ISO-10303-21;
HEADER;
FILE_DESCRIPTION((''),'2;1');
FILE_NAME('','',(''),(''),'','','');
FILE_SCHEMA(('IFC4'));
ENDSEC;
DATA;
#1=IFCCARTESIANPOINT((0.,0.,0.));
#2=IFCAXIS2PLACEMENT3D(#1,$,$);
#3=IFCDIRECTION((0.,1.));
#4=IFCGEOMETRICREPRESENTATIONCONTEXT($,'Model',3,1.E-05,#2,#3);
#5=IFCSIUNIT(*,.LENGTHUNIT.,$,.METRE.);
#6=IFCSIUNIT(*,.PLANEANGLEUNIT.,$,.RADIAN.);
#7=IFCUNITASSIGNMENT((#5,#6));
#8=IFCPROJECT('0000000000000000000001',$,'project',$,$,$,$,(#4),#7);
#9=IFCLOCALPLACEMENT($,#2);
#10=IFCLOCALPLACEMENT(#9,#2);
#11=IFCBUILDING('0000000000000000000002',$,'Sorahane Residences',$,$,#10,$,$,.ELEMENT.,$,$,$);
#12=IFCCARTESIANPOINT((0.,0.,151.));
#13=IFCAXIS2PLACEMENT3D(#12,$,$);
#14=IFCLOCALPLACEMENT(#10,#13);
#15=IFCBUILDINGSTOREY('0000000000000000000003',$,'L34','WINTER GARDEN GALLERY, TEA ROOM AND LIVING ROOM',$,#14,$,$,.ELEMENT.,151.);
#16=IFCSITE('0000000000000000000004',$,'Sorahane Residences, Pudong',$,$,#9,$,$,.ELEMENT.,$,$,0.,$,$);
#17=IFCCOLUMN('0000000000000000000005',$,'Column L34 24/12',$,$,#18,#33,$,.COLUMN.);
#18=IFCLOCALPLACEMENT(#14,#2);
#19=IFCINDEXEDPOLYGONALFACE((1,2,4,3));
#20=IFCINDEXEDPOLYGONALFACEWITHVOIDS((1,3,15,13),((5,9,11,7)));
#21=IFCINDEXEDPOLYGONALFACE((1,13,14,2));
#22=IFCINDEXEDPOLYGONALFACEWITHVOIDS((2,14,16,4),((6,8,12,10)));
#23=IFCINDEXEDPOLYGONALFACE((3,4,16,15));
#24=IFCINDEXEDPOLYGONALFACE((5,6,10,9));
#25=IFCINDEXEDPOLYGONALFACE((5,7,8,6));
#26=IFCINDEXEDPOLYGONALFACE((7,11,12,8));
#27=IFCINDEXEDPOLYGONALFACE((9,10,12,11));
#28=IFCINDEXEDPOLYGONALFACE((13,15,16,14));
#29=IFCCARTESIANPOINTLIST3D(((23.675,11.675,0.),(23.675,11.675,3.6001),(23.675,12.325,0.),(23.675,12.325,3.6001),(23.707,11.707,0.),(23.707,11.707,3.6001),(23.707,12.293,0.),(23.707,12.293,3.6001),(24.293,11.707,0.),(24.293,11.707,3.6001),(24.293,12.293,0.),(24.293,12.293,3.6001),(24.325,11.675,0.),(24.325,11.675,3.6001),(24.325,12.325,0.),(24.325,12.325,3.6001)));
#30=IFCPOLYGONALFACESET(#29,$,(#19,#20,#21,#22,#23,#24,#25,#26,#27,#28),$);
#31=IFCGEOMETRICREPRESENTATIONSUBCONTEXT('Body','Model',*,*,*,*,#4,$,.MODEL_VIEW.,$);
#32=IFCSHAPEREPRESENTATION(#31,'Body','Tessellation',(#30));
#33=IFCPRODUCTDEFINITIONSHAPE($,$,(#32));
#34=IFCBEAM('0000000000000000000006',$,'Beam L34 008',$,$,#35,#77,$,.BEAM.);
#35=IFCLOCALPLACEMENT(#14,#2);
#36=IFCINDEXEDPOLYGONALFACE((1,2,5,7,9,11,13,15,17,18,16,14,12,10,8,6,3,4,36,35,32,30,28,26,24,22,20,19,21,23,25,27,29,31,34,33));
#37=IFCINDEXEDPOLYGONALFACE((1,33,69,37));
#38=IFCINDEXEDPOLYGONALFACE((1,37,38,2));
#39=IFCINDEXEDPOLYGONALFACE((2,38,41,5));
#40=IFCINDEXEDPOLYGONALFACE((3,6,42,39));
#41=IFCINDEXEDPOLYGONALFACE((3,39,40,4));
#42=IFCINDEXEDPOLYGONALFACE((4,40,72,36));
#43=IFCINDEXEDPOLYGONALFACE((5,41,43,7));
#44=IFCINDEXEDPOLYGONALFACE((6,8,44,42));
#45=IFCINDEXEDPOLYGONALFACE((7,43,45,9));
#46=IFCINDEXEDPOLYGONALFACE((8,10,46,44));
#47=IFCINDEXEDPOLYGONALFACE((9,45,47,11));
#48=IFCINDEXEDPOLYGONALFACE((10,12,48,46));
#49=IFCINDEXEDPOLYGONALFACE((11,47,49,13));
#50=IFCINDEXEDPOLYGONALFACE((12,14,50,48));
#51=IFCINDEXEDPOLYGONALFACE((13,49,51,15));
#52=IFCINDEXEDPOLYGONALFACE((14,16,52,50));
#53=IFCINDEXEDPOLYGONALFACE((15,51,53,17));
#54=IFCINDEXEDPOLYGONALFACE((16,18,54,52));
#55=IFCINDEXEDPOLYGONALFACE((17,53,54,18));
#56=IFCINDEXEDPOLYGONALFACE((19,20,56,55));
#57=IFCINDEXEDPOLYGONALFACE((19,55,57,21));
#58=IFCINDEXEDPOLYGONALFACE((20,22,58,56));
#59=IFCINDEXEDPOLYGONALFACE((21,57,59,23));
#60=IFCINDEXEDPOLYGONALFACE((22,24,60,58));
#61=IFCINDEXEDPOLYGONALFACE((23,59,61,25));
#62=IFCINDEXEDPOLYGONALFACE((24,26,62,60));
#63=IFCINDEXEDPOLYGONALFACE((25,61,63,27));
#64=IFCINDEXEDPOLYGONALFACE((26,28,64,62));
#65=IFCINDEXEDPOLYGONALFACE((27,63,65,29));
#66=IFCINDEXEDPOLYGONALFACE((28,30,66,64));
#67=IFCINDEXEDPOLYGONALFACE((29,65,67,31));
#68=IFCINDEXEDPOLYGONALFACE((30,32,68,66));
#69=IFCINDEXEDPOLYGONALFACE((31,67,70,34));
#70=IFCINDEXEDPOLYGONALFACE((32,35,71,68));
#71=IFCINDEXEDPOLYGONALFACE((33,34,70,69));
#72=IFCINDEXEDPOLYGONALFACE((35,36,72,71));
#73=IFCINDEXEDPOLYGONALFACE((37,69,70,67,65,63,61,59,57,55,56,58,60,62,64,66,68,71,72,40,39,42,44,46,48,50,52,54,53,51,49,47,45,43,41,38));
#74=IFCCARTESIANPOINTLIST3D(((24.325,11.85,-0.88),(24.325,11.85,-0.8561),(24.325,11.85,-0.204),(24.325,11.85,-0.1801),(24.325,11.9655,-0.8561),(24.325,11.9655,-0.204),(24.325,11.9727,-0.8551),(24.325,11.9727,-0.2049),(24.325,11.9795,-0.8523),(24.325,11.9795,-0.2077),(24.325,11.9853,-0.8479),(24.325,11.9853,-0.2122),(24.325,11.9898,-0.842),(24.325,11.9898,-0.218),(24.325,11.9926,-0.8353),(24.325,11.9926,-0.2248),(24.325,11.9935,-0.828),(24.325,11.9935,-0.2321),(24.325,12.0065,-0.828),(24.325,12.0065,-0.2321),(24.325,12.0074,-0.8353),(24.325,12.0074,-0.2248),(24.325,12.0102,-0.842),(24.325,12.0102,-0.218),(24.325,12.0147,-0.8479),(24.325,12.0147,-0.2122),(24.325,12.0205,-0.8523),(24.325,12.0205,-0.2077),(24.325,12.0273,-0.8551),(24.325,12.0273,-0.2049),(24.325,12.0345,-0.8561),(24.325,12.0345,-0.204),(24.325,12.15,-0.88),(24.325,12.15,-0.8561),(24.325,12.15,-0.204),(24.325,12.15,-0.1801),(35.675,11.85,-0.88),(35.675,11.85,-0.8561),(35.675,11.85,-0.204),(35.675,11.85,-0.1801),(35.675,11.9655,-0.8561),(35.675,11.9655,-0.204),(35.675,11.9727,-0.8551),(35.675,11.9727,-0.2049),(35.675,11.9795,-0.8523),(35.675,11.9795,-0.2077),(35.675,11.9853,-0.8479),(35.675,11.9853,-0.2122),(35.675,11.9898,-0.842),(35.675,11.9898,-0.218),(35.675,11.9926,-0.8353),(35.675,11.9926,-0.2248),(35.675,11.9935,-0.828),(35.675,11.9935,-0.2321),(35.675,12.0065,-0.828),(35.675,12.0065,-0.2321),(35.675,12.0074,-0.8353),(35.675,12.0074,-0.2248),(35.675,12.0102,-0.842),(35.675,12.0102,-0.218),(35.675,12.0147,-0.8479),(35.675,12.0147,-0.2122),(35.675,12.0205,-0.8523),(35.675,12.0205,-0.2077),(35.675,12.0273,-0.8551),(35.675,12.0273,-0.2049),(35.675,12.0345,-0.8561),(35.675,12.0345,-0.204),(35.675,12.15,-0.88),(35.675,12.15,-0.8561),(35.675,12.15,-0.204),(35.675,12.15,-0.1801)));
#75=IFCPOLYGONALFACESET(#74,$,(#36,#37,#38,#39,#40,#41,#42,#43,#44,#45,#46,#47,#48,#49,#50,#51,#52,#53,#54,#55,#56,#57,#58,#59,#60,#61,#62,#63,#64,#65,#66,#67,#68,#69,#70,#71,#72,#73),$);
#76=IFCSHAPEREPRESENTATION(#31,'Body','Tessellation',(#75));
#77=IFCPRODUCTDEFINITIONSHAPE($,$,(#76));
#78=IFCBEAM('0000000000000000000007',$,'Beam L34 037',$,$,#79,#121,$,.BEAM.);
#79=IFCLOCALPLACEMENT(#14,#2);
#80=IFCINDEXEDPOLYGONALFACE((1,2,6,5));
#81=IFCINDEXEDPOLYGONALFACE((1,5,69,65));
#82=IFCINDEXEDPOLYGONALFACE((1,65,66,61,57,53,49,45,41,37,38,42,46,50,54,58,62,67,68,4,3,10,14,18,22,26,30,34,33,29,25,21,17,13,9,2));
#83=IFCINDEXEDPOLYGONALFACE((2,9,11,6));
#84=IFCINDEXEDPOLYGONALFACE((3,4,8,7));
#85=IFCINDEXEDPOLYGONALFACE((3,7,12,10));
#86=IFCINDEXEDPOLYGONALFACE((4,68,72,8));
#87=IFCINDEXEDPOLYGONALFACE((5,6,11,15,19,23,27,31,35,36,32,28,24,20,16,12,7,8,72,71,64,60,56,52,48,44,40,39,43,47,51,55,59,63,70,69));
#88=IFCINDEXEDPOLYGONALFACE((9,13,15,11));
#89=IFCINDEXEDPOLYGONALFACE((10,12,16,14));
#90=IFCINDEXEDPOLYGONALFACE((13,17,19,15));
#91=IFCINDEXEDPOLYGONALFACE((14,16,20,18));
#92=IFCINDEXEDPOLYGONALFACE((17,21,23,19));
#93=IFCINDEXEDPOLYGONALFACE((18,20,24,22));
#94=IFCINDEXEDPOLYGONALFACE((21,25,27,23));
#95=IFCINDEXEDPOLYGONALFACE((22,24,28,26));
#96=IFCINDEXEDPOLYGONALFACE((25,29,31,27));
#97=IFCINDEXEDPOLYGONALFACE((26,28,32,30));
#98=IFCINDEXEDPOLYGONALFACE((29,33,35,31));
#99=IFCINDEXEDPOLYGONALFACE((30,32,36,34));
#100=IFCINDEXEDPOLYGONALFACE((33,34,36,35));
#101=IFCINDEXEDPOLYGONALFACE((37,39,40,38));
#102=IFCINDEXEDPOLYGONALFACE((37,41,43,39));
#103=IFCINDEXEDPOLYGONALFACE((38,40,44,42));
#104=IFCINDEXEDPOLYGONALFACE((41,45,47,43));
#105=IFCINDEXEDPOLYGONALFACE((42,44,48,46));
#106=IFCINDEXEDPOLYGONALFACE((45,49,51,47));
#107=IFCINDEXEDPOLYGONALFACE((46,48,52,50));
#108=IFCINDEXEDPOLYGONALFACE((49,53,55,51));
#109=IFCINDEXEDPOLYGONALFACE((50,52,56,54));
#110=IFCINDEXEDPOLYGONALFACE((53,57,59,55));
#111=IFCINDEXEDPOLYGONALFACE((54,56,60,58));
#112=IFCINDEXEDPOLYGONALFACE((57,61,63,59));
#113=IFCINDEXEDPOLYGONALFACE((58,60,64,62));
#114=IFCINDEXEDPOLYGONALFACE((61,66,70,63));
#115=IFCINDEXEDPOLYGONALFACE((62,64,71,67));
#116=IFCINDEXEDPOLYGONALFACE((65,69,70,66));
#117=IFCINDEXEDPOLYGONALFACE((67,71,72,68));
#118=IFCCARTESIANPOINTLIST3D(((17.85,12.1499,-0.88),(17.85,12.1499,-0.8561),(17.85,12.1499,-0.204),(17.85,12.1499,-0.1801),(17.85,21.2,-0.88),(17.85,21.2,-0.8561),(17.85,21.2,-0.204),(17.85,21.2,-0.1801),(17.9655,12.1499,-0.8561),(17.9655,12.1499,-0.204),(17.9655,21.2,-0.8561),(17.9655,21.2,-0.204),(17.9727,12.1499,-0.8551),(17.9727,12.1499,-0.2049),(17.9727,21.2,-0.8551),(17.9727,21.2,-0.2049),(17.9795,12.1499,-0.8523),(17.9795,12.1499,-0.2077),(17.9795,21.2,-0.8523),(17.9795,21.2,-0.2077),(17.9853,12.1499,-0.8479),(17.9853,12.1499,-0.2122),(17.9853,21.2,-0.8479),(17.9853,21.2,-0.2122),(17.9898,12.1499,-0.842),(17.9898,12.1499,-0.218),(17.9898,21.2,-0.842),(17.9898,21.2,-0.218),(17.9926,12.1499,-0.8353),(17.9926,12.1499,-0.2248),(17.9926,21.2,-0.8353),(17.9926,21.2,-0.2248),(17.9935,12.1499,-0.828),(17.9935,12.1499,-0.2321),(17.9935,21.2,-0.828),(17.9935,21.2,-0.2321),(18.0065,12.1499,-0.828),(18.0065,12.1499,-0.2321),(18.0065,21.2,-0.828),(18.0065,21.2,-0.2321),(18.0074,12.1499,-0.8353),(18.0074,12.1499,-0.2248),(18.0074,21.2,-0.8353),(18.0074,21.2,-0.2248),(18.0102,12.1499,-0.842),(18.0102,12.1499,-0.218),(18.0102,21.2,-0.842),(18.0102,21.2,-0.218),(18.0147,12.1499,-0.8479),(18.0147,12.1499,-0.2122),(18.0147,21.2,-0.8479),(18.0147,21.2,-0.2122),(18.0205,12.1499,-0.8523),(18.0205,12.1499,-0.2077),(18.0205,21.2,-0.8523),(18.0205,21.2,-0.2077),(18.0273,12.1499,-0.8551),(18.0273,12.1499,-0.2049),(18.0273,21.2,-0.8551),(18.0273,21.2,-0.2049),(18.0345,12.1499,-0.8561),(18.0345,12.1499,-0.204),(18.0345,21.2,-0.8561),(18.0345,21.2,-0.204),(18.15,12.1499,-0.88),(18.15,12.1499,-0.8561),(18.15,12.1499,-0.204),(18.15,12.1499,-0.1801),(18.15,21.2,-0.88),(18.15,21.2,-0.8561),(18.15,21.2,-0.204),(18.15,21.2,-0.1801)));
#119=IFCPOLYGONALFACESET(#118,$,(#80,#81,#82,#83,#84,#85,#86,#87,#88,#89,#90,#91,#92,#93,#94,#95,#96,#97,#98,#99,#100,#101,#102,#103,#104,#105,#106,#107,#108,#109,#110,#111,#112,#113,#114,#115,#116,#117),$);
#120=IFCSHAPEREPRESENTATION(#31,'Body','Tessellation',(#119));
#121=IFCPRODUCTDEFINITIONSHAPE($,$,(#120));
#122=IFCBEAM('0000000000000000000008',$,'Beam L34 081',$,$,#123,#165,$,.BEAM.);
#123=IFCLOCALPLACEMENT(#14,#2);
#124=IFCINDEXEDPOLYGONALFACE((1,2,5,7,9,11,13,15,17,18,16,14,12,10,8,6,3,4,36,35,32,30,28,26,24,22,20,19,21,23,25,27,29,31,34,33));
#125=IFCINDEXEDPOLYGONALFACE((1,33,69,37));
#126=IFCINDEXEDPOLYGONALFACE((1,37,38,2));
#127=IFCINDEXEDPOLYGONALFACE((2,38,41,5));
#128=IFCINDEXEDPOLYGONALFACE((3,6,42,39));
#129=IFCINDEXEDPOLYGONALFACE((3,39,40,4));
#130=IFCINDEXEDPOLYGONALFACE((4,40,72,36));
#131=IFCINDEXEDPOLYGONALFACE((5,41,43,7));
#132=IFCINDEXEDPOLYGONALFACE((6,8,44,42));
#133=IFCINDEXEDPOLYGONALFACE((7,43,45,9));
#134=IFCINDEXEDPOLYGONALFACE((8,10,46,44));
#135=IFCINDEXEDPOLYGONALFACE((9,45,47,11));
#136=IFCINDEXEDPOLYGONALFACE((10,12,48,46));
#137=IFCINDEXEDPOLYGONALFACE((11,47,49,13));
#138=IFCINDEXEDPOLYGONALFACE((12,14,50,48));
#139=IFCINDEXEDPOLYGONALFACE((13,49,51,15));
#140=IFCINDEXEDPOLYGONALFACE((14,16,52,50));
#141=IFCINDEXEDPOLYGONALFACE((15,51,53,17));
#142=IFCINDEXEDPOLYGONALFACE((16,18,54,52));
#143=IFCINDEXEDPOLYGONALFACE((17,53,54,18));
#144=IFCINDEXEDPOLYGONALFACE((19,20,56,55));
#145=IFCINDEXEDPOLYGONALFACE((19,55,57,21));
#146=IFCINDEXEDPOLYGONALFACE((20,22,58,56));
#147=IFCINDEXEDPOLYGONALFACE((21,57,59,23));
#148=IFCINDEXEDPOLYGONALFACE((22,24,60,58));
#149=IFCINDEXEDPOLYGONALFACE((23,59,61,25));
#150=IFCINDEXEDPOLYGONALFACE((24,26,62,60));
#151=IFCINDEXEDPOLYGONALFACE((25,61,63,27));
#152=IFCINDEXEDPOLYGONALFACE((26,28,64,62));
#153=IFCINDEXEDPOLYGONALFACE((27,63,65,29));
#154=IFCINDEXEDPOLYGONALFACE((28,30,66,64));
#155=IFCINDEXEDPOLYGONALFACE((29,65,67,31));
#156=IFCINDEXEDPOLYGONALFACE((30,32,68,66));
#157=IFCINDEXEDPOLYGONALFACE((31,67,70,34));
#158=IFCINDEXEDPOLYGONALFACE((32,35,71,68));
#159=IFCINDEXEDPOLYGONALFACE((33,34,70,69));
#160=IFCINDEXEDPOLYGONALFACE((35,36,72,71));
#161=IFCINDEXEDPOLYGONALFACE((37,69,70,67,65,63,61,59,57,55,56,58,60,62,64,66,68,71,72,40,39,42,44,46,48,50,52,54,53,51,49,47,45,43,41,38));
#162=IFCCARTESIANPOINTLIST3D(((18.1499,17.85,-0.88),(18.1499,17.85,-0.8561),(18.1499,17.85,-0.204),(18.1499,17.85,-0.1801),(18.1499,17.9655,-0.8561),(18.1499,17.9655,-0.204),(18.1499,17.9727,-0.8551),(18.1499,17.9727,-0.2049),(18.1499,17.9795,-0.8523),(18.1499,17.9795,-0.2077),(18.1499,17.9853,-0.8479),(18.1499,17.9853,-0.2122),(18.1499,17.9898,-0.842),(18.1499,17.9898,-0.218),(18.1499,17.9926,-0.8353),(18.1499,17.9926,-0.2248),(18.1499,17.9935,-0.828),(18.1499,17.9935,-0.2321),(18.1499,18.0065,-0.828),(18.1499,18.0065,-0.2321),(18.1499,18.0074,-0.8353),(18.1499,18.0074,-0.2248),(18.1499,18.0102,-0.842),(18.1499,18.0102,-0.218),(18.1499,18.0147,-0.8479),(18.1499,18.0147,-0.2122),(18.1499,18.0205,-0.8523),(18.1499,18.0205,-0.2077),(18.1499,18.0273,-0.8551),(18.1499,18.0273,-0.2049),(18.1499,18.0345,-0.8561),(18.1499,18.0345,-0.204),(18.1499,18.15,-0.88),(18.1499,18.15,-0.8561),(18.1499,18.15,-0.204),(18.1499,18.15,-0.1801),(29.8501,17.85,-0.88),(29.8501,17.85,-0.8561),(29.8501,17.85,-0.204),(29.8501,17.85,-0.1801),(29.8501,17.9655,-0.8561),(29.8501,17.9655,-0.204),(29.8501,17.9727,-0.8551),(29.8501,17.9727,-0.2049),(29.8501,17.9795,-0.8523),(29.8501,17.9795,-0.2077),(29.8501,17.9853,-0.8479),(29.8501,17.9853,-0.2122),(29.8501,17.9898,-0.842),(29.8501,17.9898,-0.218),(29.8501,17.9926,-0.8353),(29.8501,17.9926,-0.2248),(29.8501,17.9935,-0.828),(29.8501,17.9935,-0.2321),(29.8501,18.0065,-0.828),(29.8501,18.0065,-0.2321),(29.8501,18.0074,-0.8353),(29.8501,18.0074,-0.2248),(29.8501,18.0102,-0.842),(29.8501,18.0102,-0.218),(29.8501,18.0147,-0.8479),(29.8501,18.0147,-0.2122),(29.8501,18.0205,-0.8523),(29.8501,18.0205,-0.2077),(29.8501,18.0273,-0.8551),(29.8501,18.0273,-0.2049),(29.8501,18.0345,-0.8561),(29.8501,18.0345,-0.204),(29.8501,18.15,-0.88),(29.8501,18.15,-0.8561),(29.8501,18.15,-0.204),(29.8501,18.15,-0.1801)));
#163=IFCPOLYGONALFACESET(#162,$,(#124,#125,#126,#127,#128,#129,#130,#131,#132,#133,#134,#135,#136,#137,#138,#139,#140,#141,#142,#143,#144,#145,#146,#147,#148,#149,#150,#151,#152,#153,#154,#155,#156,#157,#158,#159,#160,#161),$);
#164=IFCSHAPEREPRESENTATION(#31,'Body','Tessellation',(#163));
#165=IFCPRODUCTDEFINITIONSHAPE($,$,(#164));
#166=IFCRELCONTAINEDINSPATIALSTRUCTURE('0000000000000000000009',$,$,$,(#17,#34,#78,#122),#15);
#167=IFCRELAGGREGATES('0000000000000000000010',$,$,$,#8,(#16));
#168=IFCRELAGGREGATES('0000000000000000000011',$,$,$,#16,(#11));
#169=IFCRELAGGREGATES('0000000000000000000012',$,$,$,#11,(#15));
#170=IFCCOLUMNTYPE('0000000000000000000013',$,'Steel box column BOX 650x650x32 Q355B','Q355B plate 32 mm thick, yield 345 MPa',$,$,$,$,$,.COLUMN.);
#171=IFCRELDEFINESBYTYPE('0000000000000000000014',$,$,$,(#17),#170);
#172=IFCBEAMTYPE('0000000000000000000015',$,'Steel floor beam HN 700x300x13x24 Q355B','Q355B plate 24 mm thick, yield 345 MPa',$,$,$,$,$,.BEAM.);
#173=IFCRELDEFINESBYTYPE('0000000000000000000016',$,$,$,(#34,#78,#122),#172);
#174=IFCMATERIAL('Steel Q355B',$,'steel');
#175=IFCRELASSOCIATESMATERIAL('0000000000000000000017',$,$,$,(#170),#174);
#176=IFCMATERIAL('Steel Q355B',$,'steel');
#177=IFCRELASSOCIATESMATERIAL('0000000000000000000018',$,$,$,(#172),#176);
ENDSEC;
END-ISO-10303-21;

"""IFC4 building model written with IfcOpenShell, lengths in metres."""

from ifc_helpers import new_model, si_unit, direction, frame, origin, origin_2d, place, context, subcontext, project, spatial, hollow_rectangle, i_section, extrude, material, material_profile, profile_set, type_object, element, save


model = new_model("IFC4")

# Units and contexts
model_context = context("Model", 3, precision=1e-05, world=origin(), true_north=direction((0.0, 1.0)))
body_context = subcontext(model_context, "Body", "Model", "MODEL_VIEW")
ifc_project = project(units=[si_unit("LENGTHUNIT", "METRE"), si_unit("PLANEANGLEUNIT", "RADIAN")], contexts=[model_context])

# Site, building, storey
site_placement = place(None, origin())
site = spatial("IfcSite", under=ifc_project, at=site_placement, Name="Sorahane Residences, Pudong", CompositionType="ELEMENT", RefElevation=0.0)
building_placement = place(site_placement, origin())
building = spatial("IfcBuilding", under=site, at=building_placement, Name="Sorahane Residences", CompositionType="ELEMENT")
storey_placement = place(building_placement, frame((0.0, 0.0, 151.0)))
storey = spatial("IfcBuildingStorey", under=building, at=storey_placement, Name="L34", Description="WINTER GARDEN GALLERY, TEA ROOM AND LIVING ROOM", CompositionType="ELEMENT", Elevation=151.0)

# Column
ifc_material_1 = material(Name="Steel Q355B", Category="steel")
ifc_material_profile_1 = material_profile(ifc_material_1, hollow_rectangle(XDim=0.6499, YDim=0.6499, WallThickness=0.032, at=origin_2d()), Name="BOX 650x650x32")
ifc_profile_set_1 = profile_set([ifc_material_profile_1], Name="Steel Q355B")
column_type = type_object("IfcColumnType", Name="Steel box column BOX 650x650x32 Q355B", Description="Q355B plate 32 mm thick, yield 345 MPa", PredefinedType="COLUMN", material=ifc_profile_set_1)
column_placement = place(storey_placement, frame((24.0, 12.0, 0.0), z_axis=(0.0, 0.0, 1.0), x_axis=(1.0, 0.0, 0.0)))
element("IfcColumn", 1, at=column_placement, inside=storey, type_object=column_type, Name="Column L34 24/12", PredefinedType="COLUMN", context=body_context, shape_type="SweptSolid", body=[
    extrude(hollow_rectangle(XDim=0.6499, YDim=0.6499, WallThickness=0.032, at=origin_2d()), origin(), (0.0, 0.0, 1.0), 3.6001),
])

# Beams
ifc_material_2 = material(Name="Steel Q355B", Category="steel")
ifc_material_profile_2 = material_profile(ifc_material_2, i_section(OverallWidth=0.3, OverallDepth=0.7, WebThickness=0.0129, FlangeThickness=0.0239, FilletRadius=0.0281, at=origin_2d()), Name="HN 700x300x13x24")
ifc_profile_set_2 = profile_set([ifc_material_profile_2], Name="Steel Q355B")
beam_type = type_object("IfcBeamType", Name="Steel floor beam HN 700x300x13x24 Q355B", Description="Q355B plate 24 mm thick, yield 345 MPa", PredefinedType="BEAM", material=ifc_profile_set_2)
beam_1_placement = place(storey_placement, frame((24.325, 12.0, -0.53), z_axis=(1.0, 0.0, 0.0), x_axis=(0.0, 1.0, 0.0)))
element("IfcBeam", 2, at=beam_1_placement, inside=storey, type_object=beam_type, Name="Beam L34 008", PredefinedType="BEAM", context=body_context, shape_type="SweptSolid", body=[
    extrude(i_section(OverallWidth=0.3, OverallDepth=0.7, WebThickness=0.0129, FlangeThickness=0.0239, FilletRadius=0.0281, at=origin_2d()), origin(), (0.0, 0.0, 1.0), 11.3501),
])
beam_2_placement = place(storey_placement, frame((18.0, 12.1499, -0.53), z_axis=(0.0, 1.0, 0.0), x_axis=(-1.0, 0.0, 0.0)))
element("IfcBeam", 3, at=beam_2_placement, inside=storey, type_object=beam_type, Name="Beam L34 037", PredefinedType="BEAM", context=body_context, shape_type="SweptSolid", body=[
    extrude(i_section(OverallWidth=0.3, OverallDepth=0.7, WebThickness=0.0129, FlangeThickness=0.0239, FilletRadius=0.0281, at=origin_2d()), origin(), (0.0, 0.0, 1.0), 9.05),
])
beam_3_placement = place(storey_placement, frame((18.1499, 18.0, -0.53), z_axis=(1.0, 0.0, 0.0), x_axis=(0.0, 1.0, 0.0)))
element("IfcBeam", 4, at=beam_3_placement, inside=storey, type_object=beam_type, Name="Beam L34 081", PredefinedType="BEAM", context=body_context, shape_type="SweptSolid", body=[
    extrude(i_section(OverallWidth=0.3, OverallDepth=0.7, WebThickness=0.0129, FlangeThickness=0.0239, FilletRadius=0.0281, at=origin_2d()), origin(), (0.0, 0.0, 1.0), 11.7002),
])

save(model, "model.ifc")
